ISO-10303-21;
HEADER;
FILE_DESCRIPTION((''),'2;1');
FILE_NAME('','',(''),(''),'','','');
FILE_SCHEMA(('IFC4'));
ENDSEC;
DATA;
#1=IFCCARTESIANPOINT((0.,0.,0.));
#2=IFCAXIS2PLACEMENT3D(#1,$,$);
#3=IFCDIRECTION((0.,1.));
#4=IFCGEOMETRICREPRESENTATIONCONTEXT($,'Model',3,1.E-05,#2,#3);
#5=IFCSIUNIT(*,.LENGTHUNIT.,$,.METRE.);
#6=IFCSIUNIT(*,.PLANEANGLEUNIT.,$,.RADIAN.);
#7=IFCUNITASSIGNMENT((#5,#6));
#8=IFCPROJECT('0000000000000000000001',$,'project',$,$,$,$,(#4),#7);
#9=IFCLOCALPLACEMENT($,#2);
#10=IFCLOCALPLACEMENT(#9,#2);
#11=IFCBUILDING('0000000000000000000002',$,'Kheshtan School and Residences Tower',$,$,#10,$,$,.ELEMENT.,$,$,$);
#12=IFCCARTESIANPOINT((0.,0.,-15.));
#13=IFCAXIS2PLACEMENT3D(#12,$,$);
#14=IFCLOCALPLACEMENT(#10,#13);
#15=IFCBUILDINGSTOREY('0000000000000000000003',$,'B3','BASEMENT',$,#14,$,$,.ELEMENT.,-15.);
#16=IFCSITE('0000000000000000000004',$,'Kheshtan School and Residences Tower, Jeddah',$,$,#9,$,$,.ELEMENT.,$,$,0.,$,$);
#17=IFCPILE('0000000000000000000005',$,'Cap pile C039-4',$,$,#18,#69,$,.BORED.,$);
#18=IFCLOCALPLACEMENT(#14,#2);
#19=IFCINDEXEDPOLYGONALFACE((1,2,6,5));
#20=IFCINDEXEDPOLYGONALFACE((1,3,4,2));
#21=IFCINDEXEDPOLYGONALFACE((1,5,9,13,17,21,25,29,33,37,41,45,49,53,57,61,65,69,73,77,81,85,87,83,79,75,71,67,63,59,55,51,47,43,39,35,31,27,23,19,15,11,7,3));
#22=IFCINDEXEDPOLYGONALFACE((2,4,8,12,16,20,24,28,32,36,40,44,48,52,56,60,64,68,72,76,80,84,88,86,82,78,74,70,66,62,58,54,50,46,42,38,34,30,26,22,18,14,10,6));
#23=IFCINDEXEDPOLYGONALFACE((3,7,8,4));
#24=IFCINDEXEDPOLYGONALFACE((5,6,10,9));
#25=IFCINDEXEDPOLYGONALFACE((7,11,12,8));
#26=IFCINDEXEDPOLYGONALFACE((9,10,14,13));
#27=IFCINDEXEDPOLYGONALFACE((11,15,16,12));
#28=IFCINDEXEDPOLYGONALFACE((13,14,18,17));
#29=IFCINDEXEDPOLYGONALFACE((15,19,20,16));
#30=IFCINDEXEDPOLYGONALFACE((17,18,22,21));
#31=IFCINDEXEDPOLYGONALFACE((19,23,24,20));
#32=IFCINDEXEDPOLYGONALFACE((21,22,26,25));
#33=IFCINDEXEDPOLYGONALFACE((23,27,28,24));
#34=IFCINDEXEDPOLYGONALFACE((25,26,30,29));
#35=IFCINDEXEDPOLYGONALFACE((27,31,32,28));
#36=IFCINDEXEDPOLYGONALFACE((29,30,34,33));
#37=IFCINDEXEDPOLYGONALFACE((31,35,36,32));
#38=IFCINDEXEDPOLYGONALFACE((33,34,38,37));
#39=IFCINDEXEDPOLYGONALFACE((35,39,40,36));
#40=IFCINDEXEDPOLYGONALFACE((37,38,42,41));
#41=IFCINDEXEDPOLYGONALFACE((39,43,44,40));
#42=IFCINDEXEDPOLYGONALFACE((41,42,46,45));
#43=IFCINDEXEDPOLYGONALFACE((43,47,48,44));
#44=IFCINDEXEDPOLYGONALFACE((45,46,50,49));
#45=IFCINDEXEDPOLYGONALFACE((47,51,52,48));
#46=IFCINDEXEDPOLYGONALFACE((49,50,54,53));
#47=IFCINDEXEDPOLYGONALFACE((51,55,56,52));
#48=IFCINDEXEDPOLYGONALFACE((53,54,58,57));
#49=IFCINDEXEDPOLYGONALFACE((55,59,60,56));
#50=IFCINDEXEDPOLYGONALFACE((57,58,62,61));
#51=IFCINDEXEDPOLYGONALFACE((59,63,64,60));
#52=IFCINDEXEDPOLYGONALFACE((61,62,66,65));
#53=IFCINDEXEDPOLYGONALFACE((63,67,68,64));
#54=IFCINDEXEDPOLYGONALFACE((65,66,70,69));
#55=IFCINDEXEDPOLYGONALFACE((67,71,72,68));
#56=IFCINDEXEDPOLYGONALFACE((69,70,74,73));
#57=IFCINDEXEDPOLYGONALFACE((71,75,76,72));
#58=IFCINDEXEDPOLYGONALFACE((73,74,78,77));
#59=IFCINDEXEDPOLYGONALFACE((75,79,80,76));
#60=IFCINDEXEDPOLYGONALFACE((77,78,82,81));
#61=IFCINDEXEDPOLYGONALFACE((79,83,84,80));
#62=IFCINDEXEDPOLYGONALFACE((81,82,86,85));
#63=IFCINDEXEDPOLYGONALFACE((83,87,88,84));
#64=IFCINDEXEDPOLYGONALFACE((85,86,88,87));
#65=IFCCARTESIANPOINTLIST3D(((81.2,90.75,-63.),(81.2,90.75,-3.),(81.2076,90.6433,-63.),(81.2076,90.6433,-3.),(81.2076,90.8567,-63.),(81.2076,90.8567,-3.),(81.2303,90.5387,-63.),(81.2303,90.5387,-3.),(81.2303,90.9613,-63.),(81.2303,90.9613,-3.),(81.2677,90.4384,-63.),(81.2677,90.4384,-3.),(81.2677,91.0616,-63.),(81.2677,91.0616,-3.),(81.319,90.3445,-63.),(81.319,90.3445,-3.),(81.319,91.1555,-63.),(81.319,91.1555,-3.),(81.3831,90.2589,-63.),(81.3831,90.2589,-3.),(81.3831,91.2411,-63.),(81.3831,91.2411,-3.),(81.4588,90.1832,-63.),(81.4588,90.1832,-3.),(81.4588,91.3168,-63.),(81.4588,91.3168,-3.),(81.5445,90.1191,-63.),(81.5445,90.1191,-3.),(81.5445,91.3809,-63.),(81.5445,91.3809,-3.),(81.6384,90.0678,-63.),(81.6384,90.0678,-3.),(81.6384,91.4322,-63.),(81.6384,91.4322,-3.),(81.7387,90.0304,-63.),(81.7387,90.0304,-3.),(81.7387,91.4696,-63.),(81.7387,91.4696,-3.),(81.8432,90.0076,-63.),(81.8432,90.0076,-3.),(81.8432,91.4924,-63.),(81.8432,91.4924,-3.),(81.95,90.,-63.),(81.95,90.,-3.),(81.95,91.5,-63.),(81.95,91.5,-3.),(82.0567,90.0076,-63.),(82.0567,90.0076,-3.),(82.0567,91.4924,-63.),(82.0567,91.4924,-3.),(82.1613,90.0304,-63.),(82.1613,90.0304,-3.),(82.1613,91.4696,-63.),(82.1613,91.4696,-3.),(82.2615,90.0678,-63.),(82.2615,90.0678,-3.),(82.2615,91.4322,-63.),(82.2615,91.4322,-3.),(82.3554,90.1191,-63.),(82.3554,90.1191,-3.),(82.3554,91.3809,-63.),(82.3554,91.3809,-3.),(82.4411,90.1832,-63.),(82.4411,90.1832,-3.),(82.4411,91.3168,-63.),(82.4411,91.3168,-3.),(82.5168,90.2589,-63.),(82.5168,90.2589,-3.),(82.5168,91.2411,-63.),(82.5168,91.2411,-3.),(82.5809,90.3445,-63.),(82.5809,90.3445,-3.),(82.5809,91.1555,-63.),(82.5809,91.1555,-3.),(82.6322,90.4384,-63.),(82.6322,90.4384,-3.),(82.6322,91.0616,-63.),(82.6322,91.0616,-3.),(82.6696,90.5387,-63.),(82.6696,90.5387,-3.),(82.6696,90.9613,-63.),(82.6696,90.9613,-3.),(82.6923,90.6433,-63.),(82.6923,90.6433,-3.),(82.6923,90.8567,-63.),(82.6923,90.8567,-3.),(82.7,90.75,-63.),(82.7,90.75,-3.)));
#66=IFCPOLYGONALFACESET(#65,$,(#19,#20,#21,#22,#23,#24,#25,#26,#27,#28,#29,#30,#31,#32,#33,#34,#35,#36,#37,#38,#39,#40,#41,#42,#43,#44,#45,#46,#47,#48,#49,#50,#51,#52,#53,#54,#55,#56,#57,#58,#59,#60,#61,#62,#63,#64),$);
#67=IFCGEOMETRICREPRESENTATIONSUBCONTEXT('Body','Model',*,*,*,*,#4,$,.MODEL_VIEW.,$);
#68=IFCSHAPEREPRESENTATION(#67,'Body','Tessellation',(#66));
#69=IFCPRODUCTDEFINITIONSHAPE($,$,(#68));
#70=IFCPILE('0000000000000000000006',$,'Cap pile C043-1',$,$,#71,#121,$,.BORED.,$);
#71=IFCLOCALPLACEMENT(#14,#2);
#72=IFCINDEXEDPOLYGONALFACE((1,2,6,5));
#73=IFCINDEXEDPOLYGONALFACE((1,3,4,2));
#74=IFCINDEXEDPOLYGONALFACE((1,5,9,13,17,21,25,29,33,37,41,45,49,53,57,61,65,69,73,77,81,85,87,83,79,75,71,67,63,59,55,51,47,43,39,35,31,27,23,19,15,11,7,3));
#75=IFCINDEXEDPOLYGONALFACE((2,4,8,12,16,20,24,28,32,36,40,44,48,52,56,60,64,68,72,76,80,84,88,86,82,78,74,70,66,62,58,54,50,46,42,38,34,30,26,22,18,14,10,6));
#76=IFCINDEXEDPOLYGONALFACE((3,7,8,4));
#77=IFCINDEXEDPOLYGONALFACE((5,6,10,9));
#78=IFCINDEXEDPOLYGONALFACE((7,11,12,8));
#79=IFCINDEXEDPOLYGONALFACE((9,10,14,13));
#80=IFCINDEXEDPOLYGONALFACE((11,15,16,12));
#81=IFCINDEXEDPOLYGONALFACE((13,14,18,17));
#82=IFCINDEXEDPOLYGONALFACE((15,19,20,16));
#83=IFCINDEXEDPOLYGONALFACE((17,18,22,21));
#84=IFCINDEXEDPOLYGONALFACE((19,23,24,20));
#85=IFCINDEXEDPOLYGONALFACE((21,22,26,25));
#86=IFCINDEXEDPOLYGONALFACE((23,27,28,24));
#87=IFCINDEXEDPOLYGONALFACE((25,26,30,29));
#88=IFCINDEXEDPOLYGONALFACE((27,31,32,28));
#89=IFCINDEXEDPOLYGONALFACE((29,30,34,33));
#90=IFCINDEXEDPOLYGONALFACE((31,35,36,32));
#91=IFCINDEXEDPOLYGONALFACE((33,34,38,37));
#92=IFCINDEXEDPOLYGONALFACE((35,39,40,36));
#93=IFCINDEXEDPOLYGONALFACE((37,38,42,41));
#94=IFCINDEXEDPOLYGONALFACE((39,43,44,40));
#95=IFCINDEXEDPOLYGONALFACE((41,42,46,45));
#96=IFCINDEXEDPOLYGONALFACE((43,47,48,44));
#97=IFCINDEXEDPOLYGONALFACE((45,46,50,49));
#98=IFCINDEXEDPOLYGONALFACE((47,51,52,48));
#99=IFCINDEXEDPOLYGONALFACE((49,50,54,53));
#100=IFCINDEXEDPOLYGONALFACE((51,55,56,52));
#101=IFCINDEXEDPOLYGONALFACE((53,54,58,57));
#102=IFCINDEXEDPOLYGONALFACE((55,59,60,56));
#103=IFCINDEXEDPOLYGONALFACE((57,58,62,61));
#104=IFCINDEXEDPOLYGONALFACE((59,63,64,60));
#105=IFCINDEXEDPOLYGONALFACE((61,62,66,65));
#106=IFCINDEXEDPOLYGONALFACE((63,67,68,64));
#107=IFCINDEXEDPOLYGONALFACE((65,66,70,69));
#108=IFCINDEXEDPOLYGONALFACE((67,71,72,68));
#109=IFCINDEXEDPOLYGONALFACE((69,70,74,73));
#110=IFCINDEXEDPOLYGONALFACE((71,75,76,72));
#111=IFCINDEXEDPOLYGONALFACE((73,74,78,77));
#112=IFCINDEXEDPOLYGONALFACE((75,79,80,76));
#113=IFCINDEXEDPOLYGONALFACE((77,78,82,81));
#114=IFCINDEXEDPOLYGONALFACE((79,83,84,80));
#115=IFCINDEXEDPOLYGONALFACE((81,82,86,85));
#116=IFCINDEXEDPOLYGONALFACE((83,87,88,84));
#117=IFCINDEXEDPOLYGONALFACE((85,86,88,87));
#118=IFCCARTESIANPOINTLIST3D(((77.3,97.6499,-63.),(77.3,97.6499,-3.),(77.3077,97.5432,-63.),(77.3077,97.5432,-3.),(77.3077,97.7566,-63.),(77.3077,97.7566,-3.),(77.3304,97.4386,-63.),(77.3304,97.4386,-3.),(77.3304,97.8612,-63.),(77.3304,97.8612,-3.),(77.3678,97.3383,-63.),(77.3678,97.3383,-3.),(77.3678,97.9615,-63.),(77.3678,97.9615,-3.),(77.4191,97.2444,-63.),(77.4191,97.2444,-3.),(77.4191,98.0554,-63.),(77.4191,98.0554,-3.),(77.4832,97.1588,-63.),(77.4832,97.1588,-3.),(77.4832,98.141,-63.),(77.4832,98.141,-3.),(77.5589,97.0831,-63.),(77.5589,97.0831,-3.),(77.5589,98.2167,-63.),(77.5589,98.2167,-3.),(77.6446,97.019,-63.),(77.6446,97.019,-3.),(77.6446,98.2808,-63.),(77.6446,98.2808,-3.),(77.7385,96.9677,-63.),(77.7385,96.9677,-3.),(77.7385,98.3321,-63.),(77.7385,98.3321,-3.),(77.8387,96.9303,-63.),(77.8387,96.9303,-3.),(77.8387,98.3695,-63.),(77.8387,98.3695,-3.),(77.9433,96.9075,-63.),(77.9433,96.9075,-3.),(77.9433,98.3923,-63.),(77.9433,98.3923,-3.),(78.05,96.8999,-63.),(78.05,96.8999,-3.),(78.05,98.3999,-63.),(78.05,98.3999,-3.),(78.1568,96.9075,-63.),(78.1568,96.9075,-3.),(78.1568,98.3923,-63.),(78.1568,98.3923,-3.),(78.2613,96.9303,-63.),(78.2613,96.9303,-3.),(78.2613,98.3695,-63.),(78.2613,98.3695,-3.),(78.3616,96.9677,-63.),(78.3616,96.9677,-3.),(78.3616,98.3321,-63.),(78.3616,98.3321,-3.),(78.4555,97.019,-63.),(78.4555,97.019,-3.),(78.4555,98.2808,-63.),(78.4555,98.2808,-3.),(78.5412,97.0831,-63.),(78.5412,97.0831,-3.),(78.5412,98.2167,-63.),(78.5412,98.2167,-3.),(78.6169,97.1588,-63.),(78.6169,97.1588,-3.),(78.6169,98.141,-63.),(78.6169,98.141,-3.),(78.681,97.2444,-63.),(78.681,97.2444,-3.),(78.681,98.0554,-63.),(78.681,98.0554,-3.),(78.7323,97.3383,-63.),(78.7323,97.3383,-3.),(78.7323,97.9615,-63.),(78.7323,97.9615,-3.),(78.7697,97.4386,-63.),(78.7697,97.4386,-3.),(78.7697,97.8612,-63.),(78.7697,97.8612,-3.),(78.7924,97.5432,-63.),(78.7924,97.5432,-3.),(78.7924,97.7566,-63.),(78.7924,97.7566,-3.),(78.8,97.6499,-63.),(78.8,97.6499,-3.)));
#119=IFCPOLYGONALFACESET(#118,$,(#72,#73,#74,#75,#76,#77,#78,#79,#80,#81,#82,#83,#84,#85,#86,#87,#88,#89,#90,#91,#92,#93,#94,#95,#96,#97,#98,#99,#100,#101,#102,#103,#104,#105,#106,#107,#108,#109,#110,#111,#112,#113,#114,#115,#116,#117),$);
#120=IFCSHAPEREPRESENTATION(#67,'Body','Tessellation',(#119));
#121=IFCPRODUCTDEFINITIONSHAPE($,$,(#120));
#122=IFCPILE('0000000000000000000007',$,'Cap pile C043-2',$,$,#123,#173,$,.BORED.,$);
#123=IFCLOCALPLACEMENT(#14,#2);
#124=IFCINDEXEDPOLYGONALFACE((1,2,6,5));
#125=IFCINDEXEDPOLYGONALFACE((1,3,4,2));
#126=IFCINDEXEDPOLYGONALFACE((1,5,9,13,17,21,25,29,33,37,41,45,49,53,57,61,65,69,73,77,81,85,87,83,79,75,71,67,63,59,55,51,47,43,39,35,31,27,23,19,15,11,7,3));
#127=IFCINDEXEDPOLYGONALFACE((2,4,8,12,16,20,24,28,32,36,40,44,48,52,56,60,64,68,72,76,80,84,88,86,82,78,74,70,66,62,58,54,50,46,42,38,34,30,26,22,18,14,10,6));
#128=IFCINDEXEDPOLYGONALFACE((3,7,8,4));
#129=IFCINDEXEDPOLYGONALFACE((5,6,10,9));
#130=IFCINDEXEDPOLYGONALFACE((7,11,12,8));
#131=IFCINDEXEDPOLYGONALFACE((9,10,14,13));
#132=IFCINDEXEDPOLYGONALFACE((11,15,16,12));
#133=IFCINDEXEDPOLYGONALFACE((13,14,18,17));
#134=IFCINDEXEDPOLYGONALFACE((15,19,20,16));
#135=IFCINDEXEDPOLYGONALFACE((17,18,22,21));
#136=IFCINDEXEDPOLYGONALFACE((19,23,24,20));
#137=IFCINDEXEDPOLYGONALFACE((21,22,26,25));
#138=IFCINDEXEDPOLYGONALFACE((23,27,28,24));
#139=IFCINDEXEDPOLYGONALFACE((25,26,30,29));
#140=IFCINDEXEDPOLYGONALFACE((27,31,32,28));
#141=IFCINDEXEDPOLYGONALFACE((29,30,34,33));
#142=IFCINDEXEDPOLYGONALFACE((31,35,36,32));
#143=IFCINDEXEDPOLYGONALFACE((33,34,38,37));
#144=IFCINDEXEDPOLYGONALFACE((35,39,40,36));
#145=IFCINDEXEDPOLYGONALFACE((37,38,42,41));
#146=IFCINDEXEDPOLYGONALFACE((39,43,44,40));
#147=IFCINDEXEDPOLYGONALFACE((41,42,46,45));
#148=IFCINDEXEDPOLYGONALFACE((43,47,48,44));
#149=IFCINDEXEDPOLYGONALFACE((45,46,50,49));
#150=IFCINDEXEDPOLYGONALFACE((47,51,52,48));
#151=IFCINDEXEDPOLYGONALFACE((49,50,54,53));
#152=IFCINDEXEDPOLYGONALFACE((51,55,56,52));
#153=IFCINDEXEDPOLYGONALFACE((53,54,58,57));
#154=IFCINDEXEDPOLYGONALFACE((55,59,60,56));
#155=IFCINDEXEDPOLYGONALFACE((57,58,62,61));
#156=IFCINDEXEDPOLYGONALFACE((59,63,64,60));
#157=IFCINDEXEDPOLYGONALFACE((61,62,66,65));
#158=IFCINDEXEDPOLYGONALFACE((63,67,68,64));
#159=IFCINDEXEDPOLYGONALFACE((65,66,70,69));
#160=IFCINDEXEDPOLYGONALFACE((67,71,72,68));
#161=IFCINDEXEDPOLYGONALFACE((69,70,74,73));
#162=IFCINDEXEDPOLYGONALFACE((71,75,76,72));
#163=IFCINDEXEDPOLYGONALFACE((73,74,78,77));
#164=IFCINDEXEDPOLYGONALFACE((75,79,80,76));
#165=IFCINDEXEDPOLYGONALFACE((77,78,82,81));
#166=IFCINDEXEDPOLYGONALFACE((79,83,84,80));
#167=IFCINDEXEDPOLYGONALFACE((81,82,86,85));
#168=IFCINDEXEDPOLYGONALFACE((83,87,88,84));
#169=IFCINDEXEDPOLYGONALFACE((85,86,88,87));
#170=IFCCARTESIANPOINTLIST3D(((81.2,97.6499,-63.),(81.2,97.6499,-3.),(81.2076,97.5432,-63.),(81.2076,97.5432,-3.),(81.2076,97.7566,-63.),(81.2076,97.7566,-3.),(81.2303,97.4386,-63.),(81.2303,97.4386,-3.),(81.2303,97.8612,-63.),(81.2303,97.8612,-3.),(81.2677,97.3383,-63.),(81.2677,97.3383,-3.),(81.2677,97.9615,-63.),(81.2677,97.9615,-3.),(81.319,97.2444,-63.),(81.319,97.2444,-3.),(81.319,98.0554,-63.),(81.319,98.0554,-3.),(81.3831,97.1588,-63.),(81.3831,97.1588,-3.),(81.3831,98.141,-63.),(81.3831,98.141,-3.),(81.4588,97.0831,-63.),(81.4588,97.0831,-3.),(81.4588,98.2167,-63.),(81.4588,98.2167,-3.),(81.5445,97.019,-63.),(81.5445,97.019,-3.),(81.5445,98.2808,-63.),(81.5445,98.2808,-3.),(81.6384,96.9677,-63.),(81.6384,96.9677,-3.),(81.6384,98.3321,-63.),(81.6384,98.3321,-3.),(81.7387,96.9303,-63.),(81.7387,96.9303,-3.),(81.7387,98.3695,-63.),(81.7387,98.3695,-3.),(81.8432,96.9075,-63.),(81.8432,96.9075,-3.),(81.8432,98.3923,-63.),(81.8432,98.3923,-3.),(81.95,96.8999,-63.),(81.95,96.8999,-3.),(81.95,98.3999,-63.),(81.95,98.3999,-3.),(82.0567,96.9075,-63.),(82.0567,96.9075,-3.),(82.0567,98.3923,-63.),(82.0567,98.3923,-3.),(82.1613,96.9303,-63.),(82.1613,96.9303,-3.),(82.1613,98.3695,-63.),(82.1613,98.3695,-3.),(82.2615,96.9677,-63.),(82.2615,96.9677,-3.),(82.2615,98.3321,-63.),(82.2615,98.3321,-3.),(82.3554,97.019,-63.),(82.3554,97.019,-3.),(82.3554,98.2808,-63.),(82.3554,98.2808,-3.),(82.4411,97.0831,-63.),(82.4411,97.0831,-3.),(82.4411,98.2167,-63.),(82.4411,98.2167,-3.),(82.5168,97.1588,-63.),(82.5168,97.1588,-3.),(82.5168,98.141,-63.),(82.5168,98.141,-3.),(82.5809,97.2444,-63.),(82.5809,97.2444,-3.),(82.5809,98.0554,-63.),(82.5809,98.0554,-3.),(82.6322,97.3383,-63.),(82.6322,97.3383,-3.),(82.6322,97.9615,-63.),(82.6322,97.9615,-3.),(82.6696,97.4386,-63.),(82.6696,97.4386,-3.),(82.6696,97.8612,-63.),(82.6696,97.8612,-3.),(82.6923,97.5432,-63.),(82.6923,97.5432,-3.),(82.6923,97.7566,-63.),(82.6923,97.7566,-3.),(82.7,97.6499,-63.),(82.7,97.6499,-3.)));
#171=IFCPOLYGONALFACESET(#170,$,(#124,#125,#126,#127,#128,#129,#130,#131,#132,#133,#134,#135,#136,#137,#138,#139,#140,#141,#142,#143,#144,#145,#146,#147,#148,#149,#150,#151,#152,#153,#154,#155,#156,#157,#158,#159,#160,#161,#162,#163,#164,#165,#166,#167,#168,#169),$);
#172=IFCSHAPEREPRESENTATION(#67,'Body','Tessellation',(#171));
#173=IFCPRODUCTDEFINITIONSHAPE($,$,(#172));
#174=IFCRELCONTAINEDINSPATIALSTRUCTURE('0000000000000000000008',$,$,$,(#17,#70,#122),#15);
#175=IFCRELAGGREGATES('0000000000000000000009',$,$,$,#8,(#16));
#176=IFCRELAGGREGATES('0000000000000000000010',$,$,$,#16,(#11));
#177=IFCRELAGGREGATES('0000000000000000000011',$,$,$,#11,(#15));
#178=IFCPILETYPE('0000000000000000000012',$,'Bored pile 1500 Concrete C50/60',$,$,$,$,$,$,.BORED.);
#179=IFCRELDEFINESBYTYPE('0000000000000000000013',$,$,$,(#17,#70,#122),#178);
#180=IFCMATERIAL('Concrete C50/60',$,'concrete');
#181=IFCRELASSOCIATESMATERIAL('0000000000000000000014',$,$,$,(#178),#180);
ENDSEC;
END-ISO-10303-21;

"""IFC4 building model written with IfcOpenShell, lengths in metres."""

from ifc_helpers import new_model, si_unit, direction, frame, origin, origin_2d, place, context, subcontext, project, spatial, circle, extrude, material, material_profile, profile_set, type_object, element, save


model = new_model("IFC4")

# Units and contexts
model_context = context("Model", 3, precision=1e-05, world=origin(), true_north=direction((0.0, 1.0)))
body_context = subcontext(model_context, "Body", "Model", "MODEL_VIEW")
ifc_project = project(units=[si_unit("LENGTHUNIT", "METRE"), si_unit("PLANEANGLEUNIT", "RADIAN")], contexts=[model_context])

# Site, building, storey
site_placement = place(None, origin())
site = spatial("IfcSite", under=ifc_project, at=site_placement, Name="Kheshtan School and Residences Tower, Jeddah", CompositionType="ELEMENT", RefElevation=0.0)
building_placement = place(site_placement, origin())
building = spatial("IfcBuilding", under=site, at=building_placement, Name="Kheshtan School and Residences Tower", CompositionType="ELEMENT")
storey_placement = place(building_placement, frame((0.0, 0.0, -15.0)))
storey = spatial("IfcBuildingStorey", under=building, at=storey_placement, Name="B3", Description="BASEMENT", CompositionType="ELEMENT", Elevation=-15.0)

# Piles
ifc_material_1 = material(Name="Concrete C50/60", Category="concrete")
ifc_material_profile_1 = material_profile(ifc_material_1, circle(Radius=0.75, at=origin_2d()), Name="BP 1500")
ifc_profile_set_1 = profile_set([ifc_material_profile_1], Name="Concrete C50/60")
pile_type = type_object("IfcPileType", Name="Bored pile 1500 Concrete C50/60", PredefinedType="BORED", material=ifc_profile_set_1)
for number, where, z_axis, x_axis, name in (
    (1, (81.95, 90.75, -3.0), (0.0, 0.0, -1.0), (1.0, 0.0, 0.0), "Cap pile C039-4"),
    (2, (78.05, 97.6499, -3.0), (0.0, 0.0, -1.0), (1.0, 0.0, 0.0), "Cap pile C043-1"),
    (3, (81.95, 97.6499, -3.0), (0.0, 0.0, -1.0), (1.0, 0.0, 0.0), "Cap pile C043-2"),
):
    element("IfcPile", number, at=place(storey_placement, frame(where, z_axis=z_axis, x_axis=x_axis)), inside=storey, type_object=pile_type, Name=name, PredefinedType="BORED", context=body_context, shape_type="SweptSolid", body=[
        extrude(circle(Radius=0.75, at=origin_2d()), origin(), (0.0, 0.0, 1.0), 60.0),
    ])

save(model, "model.ifc")
